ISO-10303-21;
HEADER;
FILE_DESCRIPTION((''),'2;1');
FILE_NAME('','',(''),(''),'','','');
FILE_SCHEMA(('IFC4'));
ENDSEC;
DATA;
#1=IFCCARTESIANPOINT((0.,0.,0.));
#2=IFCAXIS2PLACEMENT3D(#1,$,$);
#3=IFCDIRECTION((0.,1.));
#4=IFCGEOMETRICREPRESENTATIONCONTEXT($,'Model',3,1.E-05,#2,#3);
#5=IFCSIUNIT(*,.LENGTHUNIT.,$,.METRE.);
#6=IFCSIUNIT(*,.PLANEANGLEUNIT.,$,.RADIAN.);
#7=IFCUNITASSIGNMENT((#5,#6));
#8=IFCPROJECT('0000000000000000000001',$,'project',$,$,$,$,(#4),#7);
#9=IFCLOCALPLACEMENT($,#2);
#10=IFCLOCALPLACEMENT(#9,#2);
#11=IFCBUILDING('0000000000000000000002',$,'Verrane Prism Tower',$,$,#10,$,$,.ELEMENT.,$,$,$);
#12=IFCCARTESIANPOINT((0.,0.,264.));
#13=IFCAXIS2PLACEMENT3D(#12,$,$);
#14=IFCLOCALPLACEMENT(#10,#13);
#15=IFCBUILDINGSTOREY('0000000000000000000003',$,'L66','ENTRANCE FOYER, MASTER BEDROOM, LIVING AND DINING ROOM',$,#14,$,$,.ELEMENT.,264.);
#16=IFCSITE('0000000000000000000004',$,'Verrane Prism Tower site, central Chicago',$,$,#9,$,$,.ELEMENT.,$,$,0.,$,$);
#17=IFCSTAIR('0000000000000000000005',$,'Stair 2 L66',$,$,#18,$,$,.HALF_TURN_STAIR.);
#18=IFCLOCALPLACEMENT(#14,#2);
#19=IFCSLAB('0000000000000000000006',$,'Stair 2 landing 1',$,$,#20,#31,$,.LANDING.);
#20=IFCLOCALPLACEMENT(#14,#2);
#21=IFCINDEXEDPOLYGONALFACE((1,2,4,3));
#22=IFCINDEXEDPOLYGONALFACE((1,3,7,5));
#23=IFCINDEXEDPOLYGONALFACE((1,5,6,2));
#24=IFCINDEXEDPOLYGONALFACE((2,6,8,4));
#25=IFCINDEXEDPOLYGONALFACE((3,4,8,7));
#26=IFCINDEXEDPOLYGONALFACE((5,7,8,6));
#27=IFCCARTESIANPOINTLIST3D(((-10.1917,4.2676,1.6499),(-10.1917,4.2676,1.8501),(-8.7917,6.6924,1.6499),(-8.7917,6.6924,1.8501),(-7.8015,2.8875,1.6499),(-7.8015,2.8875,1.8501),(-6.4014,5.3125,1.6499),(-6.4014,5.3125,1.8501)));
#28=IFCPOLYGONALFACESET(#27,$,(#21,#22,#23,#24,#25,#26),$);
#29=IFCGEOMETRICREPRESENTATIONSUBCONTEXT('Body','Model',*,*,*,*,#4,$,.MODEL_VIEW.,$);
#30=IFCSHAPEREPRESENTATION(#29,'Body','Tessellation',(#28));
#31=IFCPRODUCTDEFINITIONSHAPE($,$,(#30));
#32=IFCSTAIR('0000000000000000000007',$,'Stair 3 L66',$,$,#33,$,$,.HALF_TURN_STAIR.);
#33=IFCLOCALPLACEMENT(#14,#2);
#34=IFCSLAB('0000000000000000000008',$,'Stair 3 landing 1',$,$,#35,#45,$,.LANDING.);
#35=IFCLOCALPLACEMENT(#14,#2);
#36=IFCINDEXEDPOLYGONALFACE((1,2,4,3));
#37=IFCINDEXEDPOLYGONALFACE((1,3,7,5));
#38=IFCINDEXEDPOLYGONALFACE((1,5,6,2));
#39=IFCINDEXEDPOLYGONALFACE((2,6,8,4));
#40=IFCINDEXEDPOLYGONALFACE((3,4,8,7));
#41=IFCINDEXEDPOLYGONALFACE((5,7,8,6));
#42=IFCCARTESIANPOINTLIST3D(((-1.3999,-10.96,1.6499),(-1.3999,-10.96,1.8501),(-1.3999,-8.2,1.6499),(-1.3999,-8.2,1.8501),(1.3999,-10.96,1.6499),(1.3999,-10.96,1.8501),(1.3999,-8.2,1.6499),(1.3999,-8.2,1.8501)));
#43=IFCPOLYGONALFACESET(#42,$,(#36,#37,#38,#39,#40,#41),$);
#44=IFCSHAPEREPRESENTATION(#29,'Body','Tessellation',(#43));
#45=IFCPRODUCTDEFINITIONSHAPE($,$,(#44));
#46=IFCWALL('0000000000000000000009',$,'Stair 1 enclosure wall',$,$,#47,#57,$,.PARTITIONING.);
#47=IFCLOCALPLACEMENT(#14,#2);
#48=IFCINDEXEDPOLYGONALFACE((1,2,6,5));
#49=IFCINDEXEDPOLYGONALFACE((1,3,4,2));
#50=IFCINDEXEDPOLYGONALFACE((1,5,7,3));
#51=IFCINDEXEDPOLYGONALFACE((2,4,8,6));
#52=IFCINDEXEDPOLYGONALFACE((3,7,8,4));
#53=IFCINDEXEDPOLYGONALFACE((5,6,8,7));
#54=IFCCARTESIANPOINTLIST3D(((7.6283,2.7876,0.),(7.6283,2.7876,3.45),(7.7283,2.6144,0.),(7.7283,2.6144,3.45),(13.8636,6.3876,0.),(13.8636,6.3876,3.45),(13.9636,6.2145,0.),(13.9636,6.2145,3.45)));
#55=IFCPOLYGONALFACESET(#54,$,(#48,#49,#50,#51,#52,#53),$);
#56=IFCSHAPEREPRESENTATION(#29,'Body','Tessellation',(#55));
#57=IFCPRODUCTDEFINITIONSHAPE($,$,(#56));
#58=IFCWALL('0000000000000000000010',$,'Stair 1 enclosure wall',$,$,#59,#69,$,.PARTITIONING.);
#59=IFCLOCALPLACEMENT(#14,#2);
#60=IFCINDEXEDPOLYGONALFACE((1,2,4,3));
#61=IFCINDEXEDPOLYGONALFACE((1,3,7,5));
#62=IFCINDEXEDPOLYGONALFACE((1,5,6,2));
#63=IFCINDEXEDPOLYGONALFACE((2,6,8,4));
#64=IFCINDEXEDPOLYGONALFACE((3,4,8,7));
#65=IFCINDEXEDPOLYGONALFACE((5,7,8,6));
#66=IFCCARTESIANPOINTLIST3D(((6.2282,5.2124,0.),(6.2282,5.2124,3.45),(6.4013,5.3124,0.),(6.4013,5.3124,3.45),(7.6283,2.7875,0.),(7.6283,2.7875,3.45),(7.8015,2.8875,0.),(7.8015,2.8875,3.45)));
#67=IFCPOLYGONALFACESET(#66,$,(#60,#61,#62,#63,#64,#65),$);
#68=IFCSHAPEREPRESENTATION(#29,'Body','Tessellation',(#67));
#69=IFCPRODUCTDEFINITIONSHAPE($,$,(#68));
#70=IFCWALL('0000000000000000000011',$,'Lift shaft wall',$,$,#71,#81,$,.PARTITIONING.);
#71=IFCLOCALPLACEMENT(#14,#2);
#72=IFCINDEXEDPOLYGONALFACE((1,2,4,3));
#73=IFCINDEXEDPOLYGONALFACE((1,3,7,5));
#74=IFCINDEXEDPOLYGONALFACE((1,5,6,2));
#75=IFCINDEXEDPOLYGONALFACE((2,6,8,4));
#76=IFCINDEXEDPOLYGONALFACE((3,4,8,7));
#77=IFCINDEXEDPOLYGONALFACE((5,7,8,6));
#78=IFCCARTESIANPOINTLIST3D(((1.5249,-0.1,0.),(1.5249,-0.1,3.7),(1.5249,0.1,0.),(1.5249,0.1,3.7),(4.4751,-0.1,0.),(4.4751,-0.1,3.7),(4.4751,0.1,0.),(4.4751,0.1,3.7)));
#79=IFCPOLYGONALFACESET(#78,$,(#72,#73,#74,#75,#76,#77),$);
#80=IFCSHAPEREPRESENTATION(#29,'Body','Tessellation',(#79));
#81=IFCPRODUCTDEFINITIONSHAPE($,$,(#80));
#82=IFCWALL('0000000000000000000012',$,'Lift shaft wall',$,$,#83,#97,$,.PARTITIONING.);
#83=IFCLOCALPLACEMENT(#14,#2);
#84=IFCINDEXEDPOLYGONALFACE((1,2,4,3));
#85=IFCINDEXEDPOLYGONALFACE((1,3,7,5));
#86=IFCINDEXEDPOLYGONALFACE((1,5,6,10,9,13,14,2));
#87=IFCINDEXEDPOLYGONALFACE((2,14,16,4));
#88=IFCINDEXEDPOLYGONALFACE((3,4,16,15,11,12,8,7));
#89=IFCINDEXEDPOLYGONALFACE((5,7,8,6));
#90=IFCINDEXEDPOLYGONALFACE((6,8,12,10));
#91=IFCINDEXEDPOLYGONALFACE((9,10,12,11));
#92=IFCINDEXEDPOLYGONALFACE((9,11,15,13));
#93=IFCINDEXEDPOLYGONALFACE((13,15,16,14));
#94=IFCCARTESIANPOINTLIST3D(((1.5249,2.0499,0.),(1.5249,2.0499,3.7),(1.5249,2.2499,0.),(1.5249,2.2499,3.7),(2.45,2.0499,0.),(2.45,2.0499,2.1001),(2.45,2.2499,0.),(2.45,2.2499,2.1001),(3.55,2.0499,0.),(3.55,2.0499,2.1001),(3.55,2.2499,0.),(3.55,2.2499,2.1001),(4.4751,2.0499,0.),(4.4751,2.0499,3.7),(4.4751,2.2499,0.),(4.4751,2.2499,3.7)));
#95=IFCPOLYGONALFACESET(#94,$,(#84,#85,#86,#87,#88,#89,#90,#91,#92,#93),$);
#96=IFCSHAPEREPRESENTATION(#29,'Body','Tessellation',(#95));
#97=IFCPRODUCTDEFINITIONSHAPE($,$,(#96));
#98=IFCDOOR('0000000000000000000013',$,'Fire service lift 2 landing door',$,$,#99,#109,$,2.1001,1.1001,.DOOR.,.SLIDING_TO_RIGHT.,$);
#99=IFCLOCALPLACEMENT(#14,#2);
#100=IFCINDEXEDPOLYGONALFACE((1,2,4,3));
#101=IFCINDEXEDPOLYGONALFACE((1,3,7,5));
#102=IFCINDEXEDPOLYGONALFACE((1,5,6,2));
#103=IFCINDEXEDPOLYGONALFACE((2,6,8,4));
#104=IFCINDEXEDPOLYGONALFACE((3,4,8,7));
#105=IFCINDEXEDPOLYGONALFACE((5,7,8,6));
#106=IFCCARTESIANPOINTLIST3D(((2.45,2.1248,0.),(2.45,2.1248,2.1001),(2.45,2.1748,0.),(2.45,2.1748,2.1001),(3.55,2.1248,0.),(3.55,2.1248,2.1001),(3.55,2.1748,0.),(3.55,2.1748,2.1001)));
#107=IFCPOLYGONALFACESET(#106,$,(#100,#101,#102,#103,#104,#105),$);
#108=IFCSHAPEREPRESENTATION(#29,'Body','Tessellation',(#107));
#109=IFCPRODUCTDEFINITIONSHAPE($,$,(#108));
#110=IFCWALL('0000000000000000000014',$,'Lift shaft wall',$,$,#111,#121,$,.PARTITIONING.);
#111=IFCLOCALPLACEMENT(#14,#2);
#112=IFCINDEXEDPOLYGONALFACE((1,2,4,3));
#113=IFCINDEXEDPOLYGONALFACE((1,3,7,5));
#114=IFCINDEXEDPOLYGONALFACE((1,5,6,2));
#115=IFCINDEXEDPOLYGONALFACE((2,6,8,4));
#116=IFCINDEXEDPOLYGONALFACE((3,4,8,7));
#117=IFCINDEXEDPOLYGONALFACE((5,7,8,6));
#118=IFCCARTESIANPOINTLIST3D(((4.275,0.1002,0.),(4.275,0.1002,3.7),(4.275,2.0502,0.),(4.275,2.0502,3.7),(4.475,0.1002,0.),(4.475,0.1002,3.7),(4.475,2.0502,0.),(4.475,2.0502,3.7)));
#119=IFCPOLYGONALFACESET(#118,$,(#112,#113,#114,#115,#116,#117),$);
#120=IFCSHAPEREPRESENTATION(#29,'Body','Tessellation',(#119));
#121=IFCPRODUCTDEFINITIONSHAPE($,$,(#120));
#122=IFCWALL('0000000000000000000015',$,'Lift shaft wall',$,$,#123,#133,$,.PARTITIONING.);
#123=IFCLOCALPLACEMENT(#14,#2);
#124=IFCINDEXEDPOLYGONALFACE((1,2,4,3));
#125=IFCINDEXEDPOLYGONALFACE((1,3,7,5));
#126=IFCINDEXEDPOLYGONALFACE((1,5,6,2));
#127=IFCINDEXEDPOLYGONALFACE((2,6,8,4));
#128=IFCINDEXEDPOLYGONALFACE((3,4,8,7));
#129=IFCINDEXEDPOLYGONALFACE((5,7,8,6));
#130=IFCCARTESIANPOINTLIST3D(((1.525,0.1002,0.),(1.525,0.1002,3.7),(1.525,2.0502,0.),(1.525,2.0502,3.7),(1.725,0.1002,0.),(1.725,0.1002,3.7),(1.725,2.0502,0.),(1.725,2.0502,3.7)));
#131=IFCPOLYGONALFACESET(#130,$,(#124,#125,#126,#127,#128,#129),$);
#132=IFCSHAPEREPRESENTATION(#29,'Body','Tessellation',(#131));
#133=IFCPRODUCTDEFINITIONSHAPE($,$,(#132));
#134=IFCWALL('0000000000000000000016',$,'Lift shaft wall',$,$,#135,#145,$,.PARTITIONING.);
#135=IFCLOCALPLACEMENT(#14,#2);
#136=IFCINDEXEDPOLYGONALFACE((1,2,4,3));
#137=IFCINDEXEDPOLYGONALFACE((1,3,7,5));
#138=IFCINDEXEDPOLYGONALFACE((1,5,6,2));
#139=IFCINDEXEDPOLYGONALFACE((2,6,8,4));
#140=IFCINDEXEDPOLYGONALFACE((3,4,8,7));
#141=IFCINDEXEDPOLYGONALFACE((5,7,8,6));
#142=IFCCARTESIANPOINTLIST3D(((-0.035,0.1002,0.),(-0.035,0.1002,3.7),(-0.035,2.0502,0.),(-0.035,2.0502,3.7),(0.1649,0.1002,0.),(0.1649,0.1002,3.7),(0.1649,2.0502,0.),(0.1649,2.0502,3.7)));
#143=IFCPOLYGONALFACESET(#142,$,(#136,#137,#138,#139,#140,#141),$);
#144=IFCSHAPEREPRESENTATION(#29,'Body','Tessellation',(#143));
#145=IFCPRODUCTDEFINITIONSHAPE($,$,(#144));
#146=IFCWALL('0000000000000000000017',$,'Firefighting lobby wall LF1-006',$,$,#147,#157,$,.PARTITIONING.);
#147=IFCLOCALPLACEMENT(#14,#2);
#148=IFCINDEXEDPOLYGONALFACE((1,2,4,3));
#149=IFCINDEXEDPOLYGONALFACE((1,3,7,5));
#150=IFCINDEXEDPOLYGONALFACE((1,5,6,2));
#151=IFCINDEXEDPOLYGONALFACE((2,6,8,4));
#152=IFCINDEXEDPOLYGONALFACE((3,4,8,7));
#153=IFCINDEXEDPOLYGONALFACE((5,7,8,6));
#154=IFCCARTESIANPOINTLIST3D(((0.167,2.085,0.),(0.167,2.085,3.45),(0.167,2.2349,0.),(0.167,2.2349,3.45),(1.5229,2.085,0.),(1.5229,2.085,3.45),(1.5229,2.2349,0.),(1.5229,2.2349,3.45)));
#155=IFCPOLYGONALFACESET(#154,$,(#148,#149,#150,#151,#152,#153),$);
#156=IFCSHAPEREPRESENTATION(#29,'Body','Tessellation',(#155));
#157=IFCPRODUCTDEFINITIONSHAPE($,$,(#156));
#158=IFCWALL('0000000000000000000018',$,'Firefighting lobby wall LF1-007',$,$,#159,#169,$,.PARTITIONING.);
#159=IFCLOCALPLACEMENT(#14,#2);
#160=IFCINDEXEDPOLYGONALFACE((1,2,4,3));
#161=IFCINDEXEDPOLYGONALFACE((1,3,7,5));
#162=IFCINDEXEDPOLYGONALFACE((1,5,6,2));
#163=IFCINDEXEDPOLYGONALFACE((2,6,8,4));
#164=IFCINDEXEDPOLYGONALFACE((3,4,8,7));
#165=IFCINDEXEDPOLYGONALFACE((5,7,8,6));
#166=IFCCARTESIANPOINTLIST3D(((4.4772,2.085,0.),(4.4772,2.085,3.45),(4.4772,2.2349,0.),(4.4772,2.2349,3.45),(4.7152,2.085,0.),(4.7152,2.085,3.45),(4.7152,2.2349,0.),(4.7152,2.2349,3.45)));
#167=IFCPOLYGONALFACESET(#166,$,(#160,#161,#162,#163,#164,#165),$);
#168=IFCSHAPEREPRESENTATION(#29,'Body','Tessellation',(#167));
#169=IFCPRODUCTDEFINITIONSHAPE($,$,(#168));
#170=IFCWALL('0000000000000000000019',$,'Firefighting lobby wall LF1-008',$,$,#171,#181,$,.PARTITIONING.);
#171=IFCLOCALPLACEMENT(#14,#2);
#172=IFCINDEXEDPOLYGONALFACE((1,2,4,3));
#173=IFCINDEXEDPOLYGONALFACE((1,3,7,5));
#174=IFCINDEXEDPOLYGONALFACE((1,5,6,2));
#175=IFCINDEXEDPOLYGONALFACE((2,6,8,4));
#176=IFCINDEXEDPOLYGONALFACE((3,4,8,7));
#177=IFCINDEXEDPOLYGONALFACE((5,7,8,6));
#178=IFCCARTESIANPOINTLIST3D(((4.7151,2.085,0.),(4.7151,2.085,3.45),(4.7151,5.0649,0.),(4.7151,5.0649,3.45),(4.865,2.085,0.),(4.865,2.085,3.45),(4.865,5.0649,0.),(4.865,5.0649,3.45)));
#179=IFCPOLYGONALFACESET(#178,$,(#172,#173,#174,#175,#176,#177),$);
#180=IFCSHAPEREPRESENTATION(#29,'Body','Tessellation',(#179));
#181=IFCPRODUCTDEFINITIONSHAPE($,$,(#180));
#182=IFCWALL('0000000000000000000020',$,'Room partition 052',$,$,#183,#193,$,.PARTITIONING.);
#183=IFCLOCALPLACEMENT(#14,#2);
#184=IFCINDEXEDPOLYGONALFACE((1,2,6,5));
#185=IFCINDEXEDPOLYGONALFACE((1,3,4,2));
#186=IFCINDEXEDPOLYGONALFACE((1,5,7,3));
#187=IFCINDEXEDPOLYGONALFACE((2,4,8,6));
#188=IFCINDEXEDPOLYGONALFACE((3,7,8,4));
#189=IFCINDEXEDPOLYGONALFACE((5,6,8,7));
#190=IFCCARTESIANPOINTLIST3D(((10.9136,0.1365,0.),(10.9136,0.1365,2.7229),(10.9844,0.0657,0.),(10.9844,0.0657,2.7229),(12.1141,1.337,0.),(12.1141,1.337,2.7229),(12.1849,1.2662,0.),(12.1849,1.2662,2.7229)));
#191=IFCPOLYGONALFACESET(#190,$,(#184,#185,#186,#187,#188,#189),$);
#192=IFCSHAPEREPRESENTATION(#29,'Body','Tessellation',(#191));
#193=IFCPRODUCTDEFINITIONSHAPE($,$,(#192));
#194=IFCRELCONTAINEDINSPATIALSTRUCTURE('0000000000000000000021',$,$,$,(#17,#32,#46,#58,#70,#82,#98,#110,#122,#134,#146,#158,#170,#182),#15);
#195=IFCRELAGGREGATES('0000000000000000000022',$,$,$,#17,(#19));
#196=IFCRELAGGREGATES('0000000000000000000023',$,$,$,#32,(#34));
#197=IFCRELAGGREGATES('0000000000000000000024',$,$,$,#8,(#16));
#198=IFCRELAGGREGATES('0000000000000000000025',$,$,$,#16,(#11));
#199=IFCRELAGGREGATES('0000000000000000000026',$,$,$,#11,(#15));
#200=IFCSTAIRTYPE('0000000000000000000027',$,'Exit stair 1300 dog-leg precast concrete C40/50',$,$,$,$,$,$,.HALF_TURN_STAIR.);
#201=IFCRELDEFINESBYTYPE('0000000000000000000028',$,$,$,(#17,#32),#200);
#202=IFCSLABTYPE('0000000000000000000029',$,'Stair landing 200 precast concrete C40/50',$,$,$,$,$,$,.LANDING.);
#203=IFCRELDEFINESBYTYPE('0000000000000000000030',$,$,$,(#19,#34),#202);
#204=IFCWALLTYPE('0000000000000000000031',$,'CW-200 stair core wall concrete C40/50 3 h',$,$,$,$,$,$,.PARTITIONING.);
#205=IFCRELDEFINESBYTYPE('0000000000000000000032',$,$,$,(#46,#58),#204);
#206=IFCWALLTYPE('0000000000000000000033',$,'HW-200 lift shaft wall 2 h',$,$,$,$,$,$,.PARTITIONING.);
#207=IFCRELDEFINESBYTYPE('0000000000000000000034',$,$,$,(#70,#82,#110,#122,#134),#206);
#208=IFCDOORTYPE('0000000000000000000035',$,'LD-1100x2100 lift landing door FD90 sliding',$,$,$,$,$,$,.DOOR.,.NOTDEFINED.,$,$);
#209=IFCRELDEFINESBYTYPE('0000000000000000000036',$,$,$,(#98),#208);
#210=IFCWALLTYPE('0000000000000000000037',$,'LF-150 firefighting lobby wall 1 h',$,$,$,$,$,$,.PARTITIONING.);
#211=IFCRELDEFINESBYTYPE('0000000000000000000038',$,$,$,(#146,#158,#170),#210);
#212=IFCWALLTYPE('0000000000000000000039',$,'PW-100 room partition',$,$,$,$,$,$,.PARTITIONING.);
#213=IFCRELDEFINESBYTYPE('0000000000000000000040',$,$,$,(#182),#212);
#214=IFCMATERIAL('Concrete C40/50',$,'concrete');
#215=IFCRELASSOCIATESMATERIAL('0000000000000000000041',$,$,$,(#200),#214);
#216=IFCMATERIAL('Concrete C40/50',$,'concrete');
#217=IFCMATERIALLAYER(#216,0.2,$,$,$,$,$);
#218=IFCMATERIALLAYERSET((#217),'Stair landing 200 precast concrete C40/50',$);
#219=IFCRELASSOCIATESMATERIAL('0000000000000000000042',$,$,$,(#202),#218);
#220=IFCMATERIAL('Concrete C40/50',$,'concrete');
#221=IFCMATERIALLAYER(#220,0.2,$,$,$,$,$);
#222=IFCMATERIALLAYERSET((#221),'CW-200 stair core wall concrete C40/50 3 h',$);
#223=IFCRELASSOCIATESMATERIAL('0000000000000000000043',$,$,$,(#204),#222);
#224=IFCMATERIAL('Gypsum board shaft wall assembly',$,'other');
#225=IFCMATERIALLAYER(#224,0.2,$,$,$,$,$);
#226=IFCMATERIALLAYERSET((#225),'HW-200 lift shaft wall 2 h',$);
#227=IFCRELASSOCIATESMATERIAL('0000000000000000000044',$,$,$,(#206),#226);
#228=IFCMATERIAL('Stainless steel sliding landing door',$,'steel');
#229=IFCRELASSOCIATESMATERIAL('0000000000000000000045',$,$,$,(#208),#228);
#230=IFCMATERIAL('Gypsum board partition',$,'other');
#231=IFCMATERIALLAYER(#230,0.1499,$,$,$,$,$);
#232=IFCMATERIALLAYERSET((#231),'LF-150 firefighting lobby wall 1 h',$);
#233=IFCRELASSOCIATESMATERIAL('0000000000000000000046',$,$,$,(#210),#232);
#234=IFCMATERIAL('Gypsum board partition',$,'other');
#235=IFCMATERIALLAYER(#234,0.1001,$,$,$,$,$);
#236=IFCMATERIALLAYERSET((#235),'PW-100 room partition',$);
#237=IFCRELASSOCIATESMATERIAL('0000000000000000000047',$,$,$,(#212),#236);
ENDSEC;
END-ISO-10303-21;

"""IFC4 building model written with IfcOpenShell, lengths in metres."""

from ifc_helpers import new_model, si_unit, direction, frame, frame_2d, origin, place, context, subcontext, project, spatial, polyline, rectangle, outline, extrude, material, layer, layer_set, type_object, element, fill, aggregate, save


model = new_model("IFC4")

# Units and contexts
model_context = context("Model", 3, precision=1e-05, world=origin(), true_north=direction((0.0, 1.0)))
body_context = subcontext(model_context, "Body", "Model", "MODEL_VIEW")
ifc_project = project(units=[si_unit("LENGTHUNIT", "METRE"), si_unit("PLANEANGLEUNIT", "RADIAN")], contexts=[model_context])

# Site, building, storey
site_placement = place(None, origin())
site = spatial("IfcSite", under=ifc_project, at=site_placement, Name="Verrane Prism Tower site, central Chicago", CompositionType="ELEMENT", RefElevation=0.0)
building_placement = place(site_placement, origin())
building = spatial("IfcBuilding", under=site, at=building_placement, Name="Verrane Prism Tower", CompositionType="ELEMENT")
storey_placement = place(building_placement, frame((0.0, 0.0, 264.0)))
storey = spatial("IfcBuildingStorey", under=building, at=storey_placement, Name="L66", Description="ENTRANCE FOYER, MASTER BEDROOM, LIVING AND DINING ROOM", CompositionType="ELEMENT", Elevation=264.0)

# Stairs, slabs
ifc_material_1 = material(Name="Concrete C40/50", Category="concrete")
stair_type = type_object("IfcStairType", Name="Exit stair 1300 dog-leg precast concrete C40/50", PredefinedType="HALF_TURN_STAIR", material=ifc_material_1)
ifc_material_2 = material(Name="Concrete C40/50", Category="concrete")
ifc_layer_1 = layer(ifc_material_2, 0.2)
ifc_layer_set_1 = layer_set([ifc_layer_1], Name="Stair landing 200 precast concrete C40/50")
slab_type_1 = type_object("IfcSlabType", Name="Stair landing 200 precast concrete C40/50", PredefinedType="LANDING", material=ifc_layer_set_1)
stair_1_placement = place(storey_placement, origin())
stair_1 = element("IfcStair", 1, at=stair_1_placement, inside=storey, type_object=stair_type, Name="Stair 2 L66", PredefinedType="HALF_TURN_STAIR")
slab_1_placement = place(storey_placement, frame((0.0, 0.0, 1.6499)))
slab_1 = element("IfcSlab", 2, at=slab_1_placement, type_object=slab_type_1, Name="Stair 2 landing 1", PredefinedType="LANDING", context=body_context, shape_type="SweptSolid", body=[
    extrude(outline(polyline([(-10.1917, 4.2676), (-7.8015, 2.8875), (-6.4014, 5.3125), (-8.7917, 6.6924), (-10.1917, 4.2676)])), origin(), (0.0, 0.0, 1.0), 0.2002),
])
aggregate(stair_1, [slab_1])
stair_2_placement = place(storey_placement, origin())
stair_2 = element("IfcStair", 3, at=stair_2_placement, inside=storey, type_object=stair_type, Name="Stair 3 L66", PredefinedType="HALF_TURN_STAIR")
slab_2_placement = place(storey_placement, frame((0.0, 0.0, 1.6499)))
slab_2 = element("IfcSlab", 4, at=slab_2_placement, type_object=slab_type_1, Name="Stair 3 landing 1", PredefinedType="LANDING", context=body_context, shape_type="SweptSolid", body=[
    extrude(outline(polyline([(1.3999, -10.96), (1.3999, -8.2), (-1.3999, -8.2), (-1.3999, -10.96), (1.3999, -10.96)])), origin(), (0.0, 0.0, 1.0), 0.2002),
])
aggregate(stair_2, [slab_2])

# Walls
ifc_material_3 = material(Name="Concrete C40/50", Category="concrete")
ifc_layer_2 = layer(ifc_material_3, 0.2)
ifc_layer_set_2 = layer_set([ifc_layer_2], Name="CW-200 stair core wall concrete C40/50 3 h")
wall_type_1 = type_object("IfcWallType", Name="CW-200 stair core wall concrete C40/50 3 h", PredefinedType="PARTITIONING", material=ifc_layer_set_2)
wall_1_placement = place(storey_placement, frame((7.6782, 2.7009, 0.0), z_axis=(0.0, 0.0, 1.0), x_axis=(0.866018, 0.500012, 0.0)))
element("IfcWall", 5, at=wall_1_placement, inside=storey, type_object=wall_type_1, Name="Stair 1 enclosure wall", PredefinedType="PARTITIONING", context=body_context, shape_type="SweptSolid", body=[
    extrude(rectangle(XDim=7.2, YDim=0.2, at=frame_2d((3.6001, 0.0))), origin(), (0.0, 0.0, 1.0), 3.45),
])
wall_2_placement = place(storey_placement, frame((7.7148, 2.8376, 0.0), z_axis=(0.0, 0.0, 1.0), x_axis=(-0.50005, 0.865997, 0.0)))
element("IfcWall", 6, at=wall_2_placement, inside=storey, type_object=wall_type_1, Name="Stair 1 enclosure wall", PredefinedType="PARTITIONING", context=body_context, shape_type="SweptSolid", body=[
    extrude(rectangle(XDim=2.8, YDim=0.2, at=frame_2d((1.3999, 0.0))), origin(), (0.0, 0.0, 1.0), 3.45),
])
ifc_material_4 = material(Name="Gypsum board shaft wall assembly", Category="other")
ifc_layer_3 = layer(ifc_material_4, 0.2)
ifc_layer_set_3 = layer_set([ifc_layer_3], Name="HW-200 lift shaft wall 2 h")
wall_type_2 = type_object("IfcWallType", Name="HW-200 lift shaft wall 2 h", PredefinedType="PARTITIONING", material=ifc_layer_set_3)
wall_3_placement = place(storey_placement, frame((1.5249, 0.0, 0.0), z_axis=(0.0, 0.0, 1.0), x_axis=(1.0, 0.0, 0.0)))
element("IfcWall", 7, at=wall_3_placement, inside=storey, type_object=wall_type_2, Name="Lift shaft wall", PredefinedType="PARTITIONING", context=body_context, shape_type="SweptSolid", body=[
    extrude(rectangle(XDim=2.9502, YDim=0.2, at=frame_2d((1.4751, 0.0))), origin(), (0.0, 0.0, 1.0), 3.7),
])

# Wall, opening, door
wall_4_placement = place(storey_placement, frame((1.5249, 2.1499, 0.0), z_axis=(0.0, 0.0, 1.0), x_axis=(1.0, 0.0, 0.0)))
wall_4 = element("IfcWall", 8, at=wall_4_placement, inside=storey, type_object=wall_type_2, Name="Lift shaft wall", PredefinedType="PARTITIONING", context=body_context, shape_type="SweptSolid", body=[
    extrude(rectangle(XDim=2.9502, YDim=0.2, at=frame_2d((1.4751, 0.0))), origin(), (0.0, 0.0, 1.0), 3.7),
])
opening_placement = place(wall_4_placement, frame((0.925, 0.0, 0.0)))
opening = element("IfcOpeningElement", 9, at=opening_placement, cuts=wall_4, PredefinedType="OPENING", context=body_context, shape_type="SweptSolid", body=[
    extrude(rectangle(XDim=1.1001, YDim=2.1001, at=frame_2d((0.55, 1.05))), frame((0.0, 0.1099, 0.0), z_axis=(0.0, -1.0, 0.0), x_axis=(1.0, 0.0, 0.0)), (0.0, 0.0, 1.0), 0.22),
])
ifc_material_5 = material(Name="Stainless steel sliding landing door", Category="steel")
door_type = type_object("IfcDoorType", Name="LD-1100x2100 lift landing door FD90 sliding", OperationType="NOTDEFINED", PredefinedType="DOOR", material=ifc_material_5)
door_placement = place(opening_placement, origin())
door = element("IfcDoor", 10, at=door_placement, inside=storey, type_object=door_type, Name="Fire service lift 2 landing door", OperationType="SLIDING_TO_RIGHT", OverallHeight=2.1001, OverallWidth=1.1001, PredefinedType="DOOR", context=body_context, shape_type="SweptSolid", body=[
    extrude(rectangle(XDim=1.1001, YDim=2.1001, at=frame_2d((0.55, 1.05))), frame((0.0, 0.0249, 0.0), z_axis=(0.0, -1.0, 0.0), x_axis=(1.0, 0.0, 0.0)), (0.0, 0.0, 1.0), 0.05),
])
fill(opening, door)

# Walls
for number, where, z_axis, x_axis, name in (
    (11, (4.375, 0.1001, 0.0), (0.0, 0.0, 1.0), (0.0, 1.0, 0.0), "Lift shaft wall"),
    (12, (1.625, 0.1001, 0.0), (0.0, 0.0, 1.0), (0.0, 1.0, 0.0), "Lift shaft wall"),
    (13, (0.0649, 0.1001, 0.0), (0.0, 0.0, 1.0), (0.0, 1.0, 0.0), "Lift shaft wall"),
):
    element("IfcWall", number, at=place(storey_placement, frame(where, z_axis=z_axis, x_axis=x_axis)), inside=storey, type_object=wall_type_2, Name=name, PredefinedType="PARTITIONING", context=body_context, shape_type="SweptSolid", body=[
        extrude(rectangle(XDim=1.95, YDim=0.2, at=frame_2d((0.9751, 0.0))), origin(), (0.0, 0.0, 1.0), 3.7),
    ])
ifc_material_6 = material(Name="Gypsum board partition", Category="other")
ifc_layer_4 = layer(ifc_material_6, 0.1499)
ifc_layer_set_4 = layer_set([ifc_layer_4], Name="LF-150 firefighting lobby wall 1 h")
wall_type_3 = type_object("IfcWallType", Name="LF-150 firefighting lobby wall 1 h", PredefinedType="PARTITIONING", material=ifc_layer_set_4)
wall_5_placement = place(storey_placement, frame((0.167, 2.1599, 0.0), z_axis=(0.0, 0.0, 1.0), x_axis=(1.0, 0.0, 0.0)))
element("IfcWall", 14, at=wall_5_placement, inside=storey, type_object=wall_type_3, Name="Firefighting lobby wall LF1-006", PredefinedType="PARTITIONING", context=body_context, shape_type="SweptSolid", body=[
    extrude(rectangle(XDim=1.356, YDim=0.1499, at=frame_2d((0.678, 0.0))), origin(), (0.0, 0.0, 1.0), 3.45),
])
wall_6_placement = place(storey_placement, frame((4.4771, 2.1599, 0.0), z_axis=(0.0, 0.0, 1.0), x_axis=(1.0, 0.0, 0.0)))
element("IfcWall", 15, at=wall_6_placement, inside=storey, type_object=wall_type_3, Name="Firefighting lobby wall LF1-007", PredefinedType="PARTITIONING", context=body_context, shape_type="SweptSolid", body=[
    extrude(rectangle(XDim=0.238, YDim=0.1499, at=frame_2d((0.1191, 0.0))), origin(), (0.0, 0.0, 1.0), 3.45),
])
wall_7_placement = place(storey_placement, frame((4.79, 2.085, 0.0), z_axis=(0.0, 0.0, 1.0), x_axis=(0.0, 1.0, 0.0)))
element("IfcWall", 16, at=wall_7_placement, inside=storey, type_object=wall_type_3, Name="Firefighting lobby wall LF1-008", PredefinedType="PARTITIONING", context=body_context, shape_type="SweptSolid", body=[
    extrude(rectangle(XDim=2.98, YDim=0.1499, at=frame_2d((1.49, 0.0))), origin(), (0.0, 0.0, 1.0), 3.45),
])
ifc_material_7 = material(Name="Gypsum board partition", Category="other")
ifc_layer_5 = layer(ifc_material_7, 0.1001)
ifc_layer_set_5 = layer_set([ifc_layer_5], Name="PW-100 room partition")
wall_type_4 = type_object("IfcWallType", Name="PW-100 room partition", PredefinedType="PARTITIONING", material=ifc_layer_set_5)
wall_8_placement = place(storey_placement, frame((10.949, 0.1011, 0.0), z_axis=(0.0, 0.0, 1.0), x_axis=(0.707107, 0.707107, 0.0)))
element("IfcWall", 17, at=wall_8_placement, inside=storey, type_object=wall_type_4, Name="Room partition 052", PredefinedType="PARTITIONING", context=body_context, shape_type="SweptSolid", body=[
    extrude(rectangle(XDim=1.6978, YDim=0.1001, at=frame_2d((0.8489, 0.0))), origin(), (0.0, 0.0, 1.0), 2.7229),
])

save(model, "model.ifc")
